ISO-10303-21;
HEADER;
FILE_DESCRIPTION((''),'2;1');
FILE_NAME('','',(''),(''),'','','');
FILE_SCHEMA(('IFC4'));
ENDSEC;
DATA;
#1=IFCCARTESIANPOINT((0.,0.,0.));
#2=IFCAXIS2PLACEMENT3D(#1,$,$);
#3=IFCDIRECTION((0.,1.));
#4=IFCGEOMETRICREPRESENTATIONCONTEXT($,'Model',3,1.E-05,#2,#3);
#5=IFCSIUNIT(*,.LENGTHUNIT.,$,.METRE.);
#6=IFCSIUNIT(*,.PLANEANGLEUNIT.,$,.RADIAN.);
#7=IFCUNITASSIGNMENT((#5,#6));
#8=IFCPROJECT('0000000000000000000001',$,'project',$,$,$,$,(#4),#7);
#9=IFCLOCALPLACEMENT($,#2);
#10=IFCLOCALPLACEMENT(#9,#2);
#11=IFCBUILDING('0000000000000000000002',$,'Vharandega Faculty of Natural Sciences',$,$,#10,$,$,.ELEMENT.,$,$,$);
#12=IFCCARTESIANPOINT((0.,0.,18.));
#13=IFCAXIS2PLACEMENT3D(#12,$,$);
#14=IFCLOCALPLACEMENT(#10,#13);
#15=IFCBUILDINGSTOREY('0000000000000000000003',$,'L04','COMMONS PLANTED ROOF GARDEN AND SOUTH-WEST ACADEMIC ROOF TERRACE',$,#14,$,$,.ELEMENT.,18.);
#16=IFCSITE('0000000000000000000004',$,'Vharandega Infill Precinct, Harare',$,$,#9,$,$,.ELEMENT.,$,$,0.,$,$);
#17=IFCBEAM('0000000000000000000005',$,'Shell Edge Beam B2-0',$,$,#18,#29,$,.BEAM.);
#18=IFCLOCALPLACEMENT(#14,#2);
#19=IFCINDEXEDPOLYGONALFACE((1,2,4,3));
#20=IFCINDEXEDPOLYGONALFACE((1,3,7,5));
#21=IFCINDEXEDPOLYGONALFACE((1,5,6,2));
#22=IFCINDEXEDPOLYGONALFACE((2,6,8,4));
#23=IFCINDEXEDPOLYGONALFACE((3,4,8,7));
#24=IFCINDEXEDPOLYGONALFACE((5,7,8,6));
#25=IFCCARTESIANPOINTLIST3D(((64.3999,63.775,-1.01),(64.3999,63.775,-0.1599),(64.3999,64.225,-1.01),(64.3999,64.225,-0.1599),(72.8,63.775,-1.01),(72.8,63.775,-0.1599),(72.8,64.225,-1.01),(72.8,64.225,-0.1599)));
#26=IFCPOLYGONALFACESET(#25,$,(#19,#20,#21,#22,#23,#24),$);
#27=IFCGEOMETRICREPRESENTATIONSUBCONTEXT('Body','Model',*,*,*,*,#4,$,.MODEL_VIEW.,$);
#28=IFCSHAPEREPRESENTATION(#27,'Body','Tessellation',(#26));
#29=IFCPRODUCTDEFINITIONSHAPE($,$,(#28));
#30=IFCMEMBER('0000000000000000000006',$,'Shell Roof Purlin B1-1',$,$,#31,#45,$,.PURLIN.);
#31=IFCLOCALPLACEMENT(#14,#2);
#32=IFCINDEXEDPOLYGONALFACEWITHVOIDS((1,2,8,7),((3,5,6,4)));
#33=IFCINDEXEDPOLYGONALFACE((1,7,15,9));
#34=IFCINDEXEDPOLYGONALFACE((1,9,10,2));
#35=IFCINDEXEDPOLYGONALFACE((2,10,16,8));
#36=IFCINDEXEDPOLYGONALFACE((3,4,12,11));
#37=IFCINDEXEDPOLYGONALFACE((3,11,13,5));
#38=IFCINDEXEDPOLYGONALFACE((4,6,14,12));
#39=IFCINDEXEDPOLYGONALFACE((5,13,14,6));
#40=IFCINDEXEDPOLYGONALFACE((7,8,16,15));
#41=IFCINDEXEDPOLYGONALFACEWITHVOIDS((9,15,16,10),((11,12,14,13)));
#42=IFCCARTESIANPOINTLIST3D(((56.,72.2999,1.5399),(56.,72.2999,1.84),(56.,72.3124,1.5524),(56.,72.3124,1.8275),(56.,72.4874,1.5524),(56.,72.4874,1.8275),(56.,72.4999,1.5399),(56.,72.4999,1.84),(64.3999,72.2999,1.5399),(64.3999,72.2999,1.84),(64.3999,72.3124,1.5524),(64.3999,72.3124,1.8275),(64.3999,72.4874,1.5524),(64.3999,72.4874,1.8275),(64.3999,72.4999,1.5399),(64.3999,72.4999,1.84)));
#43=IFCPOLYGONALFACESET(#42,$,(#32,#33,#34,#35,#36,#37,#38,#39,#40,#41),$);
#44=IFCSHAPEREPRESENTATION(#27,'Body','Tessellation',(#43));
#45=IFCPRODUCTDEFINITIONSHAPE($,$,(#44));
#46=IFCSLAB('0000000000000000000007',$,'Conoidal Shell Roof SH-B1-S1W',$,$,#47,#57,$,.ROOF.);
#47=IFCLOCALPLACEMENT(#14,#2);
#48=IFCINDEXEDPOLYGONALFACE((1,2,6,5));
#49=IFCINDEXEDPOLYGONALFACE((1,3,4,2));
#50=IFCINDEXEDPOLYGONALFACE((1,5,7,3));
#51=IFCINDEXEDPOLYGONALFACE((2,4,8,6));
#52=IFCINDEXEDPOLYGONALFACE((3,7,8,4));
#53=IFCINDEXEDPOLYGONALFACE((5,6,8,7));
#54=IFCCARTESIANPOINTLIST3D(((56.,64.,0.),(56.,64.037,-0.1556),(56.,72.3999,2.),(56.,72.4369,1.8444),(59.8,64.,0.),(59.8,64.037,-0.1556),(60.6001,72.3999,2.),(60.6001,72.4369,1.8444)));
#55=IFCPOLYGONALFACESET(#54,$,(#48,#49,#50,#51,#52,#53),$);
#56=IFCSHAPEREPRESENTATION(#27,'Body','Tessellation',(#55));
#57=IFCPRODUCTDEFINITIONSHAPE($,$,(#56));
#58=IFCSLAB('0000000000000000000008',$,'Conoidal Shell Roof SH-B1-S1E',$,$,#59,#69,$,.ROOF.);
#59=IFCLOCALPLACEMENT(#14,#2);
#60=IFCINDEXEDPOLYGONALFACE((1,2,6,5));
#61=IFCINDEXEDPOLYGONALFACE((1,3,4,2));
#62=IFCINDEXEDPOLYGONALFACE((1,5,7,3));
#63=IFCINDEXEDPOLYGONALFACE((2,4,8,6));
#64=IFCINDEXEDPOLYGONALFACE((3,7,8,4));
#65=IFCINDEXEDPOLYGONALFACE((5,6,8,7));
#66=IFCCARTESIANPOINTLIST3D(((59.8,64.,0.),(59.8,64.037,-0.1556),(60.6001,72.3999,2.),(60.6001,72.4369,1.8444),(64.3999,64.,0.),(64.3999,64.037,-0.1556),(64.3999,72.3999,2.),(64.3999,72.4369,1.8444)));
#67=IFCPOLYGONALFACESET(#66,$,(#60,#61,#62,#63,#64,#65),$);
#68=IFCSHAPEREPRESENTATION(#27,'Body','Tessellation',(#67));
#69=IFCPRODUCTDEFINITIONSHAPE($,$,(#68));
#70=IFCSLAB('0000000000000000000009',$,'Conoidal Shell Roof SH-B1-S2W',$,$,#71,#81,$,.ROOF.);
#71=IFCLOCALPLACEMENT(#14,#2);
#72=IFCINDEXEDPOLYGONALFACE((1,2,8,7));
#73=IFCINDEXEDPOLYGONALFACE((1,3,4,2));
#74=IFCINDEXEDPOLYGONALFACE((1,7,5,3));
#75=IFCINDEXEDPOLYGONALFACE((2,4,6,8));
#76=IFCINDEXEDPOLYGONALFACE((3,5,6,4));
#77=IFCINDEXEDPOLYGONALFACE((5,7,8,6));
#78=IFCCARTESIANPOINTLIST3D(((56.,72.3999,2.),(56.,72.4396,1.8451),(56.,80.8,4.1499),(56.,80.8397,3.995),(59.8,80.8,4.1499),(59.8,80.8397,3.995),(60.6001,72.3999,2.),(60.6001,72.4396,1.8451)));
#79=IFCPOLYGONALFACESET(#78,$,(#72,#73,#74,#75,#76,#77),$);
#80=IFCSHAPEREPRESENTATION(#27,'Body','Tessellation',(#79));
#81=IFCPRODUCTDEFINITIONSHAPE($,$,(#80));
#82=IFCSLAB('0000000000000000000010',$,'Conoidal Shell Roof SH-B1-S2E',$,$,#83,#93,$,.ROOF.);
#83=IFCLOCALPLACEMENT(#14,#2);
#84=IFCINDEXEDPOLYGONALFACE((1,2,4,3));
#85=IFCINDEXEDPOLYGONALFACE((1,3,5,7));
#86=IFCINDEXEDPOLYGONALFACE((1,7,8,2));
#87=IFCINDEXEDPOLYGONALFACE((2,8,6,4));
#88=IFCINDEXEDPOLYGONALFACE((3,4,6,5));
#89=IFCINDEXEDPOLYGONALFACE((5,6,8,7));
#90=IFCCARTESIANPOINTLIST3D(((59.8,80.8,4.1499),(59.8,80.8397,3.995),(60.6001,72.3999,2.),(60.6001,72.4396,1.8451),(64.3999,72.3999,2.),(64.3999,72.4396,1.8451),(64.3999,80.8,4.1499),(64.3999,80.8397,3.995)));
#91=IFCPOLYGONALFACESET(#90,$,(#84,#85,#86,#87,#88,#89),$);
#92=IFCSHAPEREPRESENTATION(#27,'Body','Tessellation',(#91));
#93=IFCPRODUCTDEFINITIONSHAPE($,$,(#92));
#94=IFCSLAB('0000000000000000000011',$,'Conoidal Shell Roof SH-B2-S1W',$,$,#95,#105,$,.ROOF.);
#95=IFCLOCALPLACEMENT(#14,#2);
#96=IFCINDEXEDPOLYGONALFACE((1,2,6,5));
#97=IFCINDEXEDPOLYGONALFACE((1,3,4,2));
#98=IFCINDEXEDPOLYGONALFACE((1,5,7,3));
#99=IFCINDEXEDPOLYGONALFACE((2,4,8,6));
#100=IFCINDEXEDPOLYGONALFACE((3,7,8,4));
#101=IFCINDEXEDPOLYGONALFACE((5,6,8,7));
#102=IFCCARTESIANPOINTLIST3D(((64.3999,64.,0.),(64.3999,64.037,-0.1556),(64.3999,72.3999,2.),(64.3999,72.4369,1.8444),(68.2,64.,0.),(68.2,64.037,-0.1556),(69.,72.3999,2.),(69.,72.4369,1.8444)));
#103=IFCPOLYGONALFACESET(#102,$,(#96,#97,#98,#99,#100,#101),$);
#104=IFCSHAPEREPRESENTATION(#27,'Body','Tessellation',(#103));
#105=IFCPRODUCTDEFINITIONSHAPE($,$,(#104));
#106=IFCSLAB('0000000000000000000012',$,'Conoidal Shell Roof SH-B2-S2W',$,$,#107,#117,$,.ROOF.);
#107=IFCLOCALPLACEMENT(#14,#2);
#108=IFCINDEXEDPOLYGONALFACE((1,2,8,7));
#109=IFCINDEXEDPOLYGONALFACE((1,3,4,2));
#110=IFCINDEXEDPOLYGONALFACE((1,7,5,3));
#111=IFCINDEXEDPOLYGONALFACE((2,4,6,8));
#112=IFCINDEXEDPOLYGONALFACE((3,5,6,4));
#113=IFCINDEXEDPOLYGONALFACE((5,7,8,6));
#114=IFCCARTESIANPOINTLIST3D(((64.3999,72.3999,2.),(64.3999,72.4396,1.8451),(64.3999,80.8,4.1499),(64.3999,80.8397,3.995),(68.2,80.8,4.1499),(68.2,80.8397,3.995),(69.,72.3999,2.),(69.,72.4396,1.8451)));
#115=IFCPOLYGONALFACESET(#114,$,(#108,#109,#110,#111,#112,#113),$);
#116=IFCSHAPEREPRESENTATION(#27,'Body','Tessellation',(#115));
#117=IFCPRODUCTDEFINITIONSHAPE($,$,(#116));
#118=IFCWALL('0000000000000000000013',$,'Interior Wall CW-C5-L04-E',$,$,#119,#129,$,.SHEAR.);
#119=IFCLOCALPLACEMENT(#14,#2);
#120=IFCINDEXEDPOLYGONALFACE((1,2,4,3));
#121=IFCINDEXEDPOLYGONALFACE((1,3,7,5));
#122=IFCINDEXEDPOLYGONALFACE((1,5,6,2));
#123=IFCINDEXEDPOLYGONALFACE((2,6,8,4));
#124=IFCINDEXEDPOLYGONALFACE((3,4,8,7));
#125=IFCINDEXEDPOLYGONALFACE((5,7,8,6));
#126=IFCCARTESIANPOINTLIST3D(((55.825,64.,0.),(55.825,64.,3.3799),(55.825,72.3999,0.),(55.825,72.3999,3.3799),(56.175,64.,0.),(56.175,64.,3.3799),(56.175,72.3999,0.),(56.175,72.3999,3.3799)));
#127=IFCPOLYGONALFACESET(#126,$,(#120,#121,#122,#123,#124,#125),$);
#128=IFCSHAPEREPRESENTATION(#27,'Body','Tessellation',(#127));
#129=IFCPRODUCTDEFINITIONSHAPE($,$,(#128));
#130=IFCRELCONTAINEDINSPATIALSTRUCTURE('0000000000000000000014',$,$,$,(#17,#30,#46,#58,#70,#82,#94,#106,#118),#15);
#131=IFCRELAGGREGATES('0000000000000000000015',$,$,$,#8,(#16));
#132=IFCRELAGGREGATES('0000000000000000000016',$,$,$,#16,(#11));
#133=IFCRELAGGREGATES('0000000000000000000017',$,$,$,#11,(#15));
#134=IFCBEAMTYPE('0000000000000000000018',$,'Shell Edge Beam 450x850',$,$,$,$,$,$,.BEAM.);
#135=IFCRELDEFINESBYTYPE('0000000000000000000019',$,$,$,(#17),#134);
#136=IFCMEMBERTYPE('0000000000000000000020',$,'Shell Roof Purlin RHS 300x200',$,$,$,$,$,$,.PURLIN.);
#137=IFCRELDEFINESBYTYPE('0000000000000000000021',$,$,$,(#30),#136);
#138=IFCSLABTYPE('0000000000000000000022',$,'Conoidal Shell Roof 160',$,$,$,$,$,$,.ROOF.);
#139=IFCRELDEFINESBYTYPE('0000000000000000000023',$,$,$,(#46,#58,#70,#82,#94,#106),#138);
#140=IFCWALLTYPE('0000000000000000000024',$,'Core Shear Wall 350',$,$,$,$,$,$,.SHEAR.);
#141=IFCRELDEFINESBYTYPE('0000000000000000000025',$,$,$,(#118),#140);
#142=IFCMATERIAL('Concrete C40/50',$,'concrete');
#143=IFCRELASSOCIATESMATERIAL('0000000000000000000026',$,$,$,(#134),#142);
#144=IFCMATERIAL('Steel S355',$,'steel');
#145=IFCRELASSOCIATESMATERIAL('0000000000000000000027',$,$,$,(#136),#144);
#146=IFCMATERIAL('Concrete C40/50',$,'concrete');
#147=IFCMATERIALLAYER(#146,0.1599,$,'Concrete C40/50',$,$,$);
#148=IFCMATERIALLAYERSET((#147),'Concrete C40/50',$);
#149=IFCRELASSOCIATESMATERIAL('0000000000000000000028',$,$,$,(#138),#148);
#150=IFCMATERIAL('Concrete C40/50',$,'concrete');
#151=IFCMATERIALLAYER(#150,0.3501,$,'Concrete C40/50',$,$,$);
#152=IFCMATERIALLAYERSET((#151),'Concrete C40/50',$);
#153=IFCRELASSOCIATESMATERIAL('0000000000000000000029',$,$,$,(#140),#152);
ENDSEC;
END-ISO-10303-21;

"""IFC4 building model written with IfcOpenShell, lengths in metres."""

from ifc_helpers import new_model, si_unit, direction, frame, frame_2d, origin, origin_2d, place, context, subcontext, project, spatial, polyline, rectangle, hollow_rectangle, outline, extrude, material, layer, layer_set, material_profile, profile_set, type_object, element, save


model = new_model("IFC4")

# Units and contexts
model_context = context("Model", 3, precision=1e-05, world=origin(), true_north=direction((0.0, 1.0)))
body_context = subcontext(model_context, "Body", "Model", "MODEL_VIEW")
ifc_project = project(units=[si_unit("LENGTHUNIT", "METRE"), si_unit("PLANEANGLEUNIT", "RADIAN")], contexts=[model_context])

# Site, building, storey
site_placement = place(None, origin())
site = spatial("IfcSite", under=ifc_project, at=site_placement, Name="Vharandega Infill Precinct, Harare", CompositionType="ELEMENT", RefElevation=0.0)
building_placement = place(site_placement, origin())
building = spatial("IfcBuilding", under=site, at=building_placement, Name="Vharandega Faculty of Natural Sciences", CompositionType="ELEMENT")
storey_placement = place(building_placement, frame((0.0, 0.0, 18.0)))
storey = spatial("IfcBuildingStorey", under=building, at=storey_placement, Name="L04", Description="COMMONS PLANTED ROOF GARDEN AND SOUTH-WEST ACADEMIC ROOF TERRACE", CompositionType="ELEMENT", Elevation=18.0)

# Beam
ifc_material_1 = material(Name="Concrete C40/50", Category="concrete")
ifc_material_profile_1 = material_profile(ifc_material_1, rectangle(XDim=0.45, YDim=0.8501, at=origin_2d()), Name="RC 450x850")
ifc_profile_set_1 = profile_set([ifc_material_profile_1], Name="Concrete C40/50")
beam_type_1 = type_object("IfcBeamType", Name="Shell Edge Beam 450x850", PredefinedType="BEAM", material=ifc_profile_set_1)
beam_1_placement = place(storey_placement, frame((64.3999, 64.0, -0.585), z_axis=(1.0, 0.0, 0.0), x_axis=(0.0, 1.0, 0.0)))
element("IfcBeam", 1, at=beam_1_placement, inside=storey, type_object=beam_type_1, Name="Shell Edge Beam B2-0", PredefinedType="BEAM", context=body_context, shape_type="SweptSolid", body=[
    extrude(rectangle(XDim=0.45, YDim=0.8501, at=origin_2d()), origin(), (0.0, 0.0, 1.0), 8.4001),
])

# Member
ifc_material_2 = material(Name="Steel S355", Category="steel")
ifc_material_profile_2 = material_profile(ifc_material_2, hollow_rectangle(XDim=0.2, YDim=0.3, WallThickness=0.0125, at=origin_2d()), Name="RHS 300x200x12.5")
ifc_profile_set_2 = profile_set([ifc_material_profile_2], Name="Steel S355")
member_type = type_object("IfcMemberType", Name="Shell Roof Purlin RHS 300x200", PredefinedType="PURLIN", material=ifc_profile_set_2)
member_placement = place(storey_placement, frame((56.0, 72.3999, 1.6899), z_axis=(1.0, 0.0, 0.0), x_axis=(0.0, 1.0, 0.0)))
element("IfcMember", 2, at=member_placement, inside=storey, type_object=member_type, Name="Shell Roof Purlin B1-1", PredefinedType="PURLIN", context=body_context, shape_type="SweptSolid", body=[
    extrude(hollow_rectangle(XDim=0.2, YDim=0.3, WallThickness=0.0125, at=origin_2d()), origin(), (0.0, 0.0, 1.0), 8.3999),
])

# Slabs
ifc_material_3 = material(Name="Concrete C40/50", Category="concrete")
ifc_layer_1 = layer(ifc_material_3, 0.1599, Name="Concrete C40/50")
ifc_layer_set_1 = layer_set([ifc_layer_1], Name="Concrete C40/50")
slab_type = type_object("IfcSlabType", Name="Conoidal Shell Roof 160", PredefinedType="ROOF", material=ifc_layer_set_1)
slab_1_placement = place(storey_placement, frame((56.0, 64.0, 0.0), z_axis=(0.0, -0.231623, 0.972806), x_axis=(1.0, 0.0, 0.0)))
element("IfcSlab", 3, at=slab_1_placement, inside=storey, type_object=slab_type, Name="Conoidal Shell Roof SH-B1-S1W", PredefinedType="ROOF", context=body_context, shape_type="SweptSolid", body=[
    extrude(outline(polyline([(0.0, 0.0), (3.8, 0.0), (4.6001, 8.6347), (0.0, 8.6347), (0.0, 0.0)])), origin(), (0.0, 0.0, -1.0), 0.1599),
])
slab_2_placement = place(storey_placement, frame((59.8, 64.0, 0.0), z_axis=(0.0, -0.231623, 0.972806), x_axis=(1.0, 0.0, 0.0)))
element("IfcSlab", 4, at=slab_2_placement, inside=storey, type_object=slab_type, Name="Conoidal Shell Roof SH-B1-S1E", PredefinedType="ROOF", context=body_context, shape_type="SweptSolid", body=[
    extrude(outline(polyline([(0.0, 0.0), (4.5999, 0.0), (4.5999, 8.6347), (0.8, 8.6347), (0.0, 0.0)])), origin(), (0.0, 0.0, -1.0), 0.1599),
])
slab_3_placement = place(storey_placement, frame((56.0, 72.3999, 2.0), z_axis=(0.0, -0.247944, 0.968774), x_axis=(1.0, 0.0, 0.0)))
element("IfcSlab", 5, at=slab_3_placement, inside=storey, type_object=slab_type, Name="Conoidal Shell Roof SH-B1-S2W", PredefinedType="ROOF", context=body_context, shape_type="SweptSolid", body=[
    extrude(outline(polyline([(0.0, 0.0), (4.6001, 0.0), (3.8, 8.6709), (0.0, 8.6709), (0.0, 0.0)])), origin(), (0.0, 0.0, -1.0), 0.1599),
])
slab_4_placement = place(storey_placement, frame((60.6001, 72.3999, 2.0), z_axis=(0.0, -0.247944, 0.968774), x_axis=(1.0, 0.0, 0.0)))
element("IfcSlab", 6, at=slab_4_placement, inside=storey, type_object=slab_type, Name="Conoidal Shell Roof SH-B1-S2E", PredefinedType="ROOF", context=body_context, shape_type="SweptSolid", body=[
    extrude(outline(polyline([(0.0, 0.0), (3.7998, 0.0), (3.7998, 8.6709), (-0.8, 8.6709), (0.0, 0.0)])), origin(), (0.0, 0.0, -1.0), 0.1599),
])
slab_5_placement = place(storey_placement, frame((64.3999, 64.0, 0.0), z_axis=(0.0, -0.231623, 0.972806), x_axis=(1.0, 0.0, 0.0)))
element("IfcSlab", 7, at=slab_5_placement, inside=storey, type_object=slab_type, Name="Conoidal Shell Roof SH-B2-S1W", PredefinedType="ROOF", context=body_context, shape_type="SweptSolid", body=[
    extrude(outline(polyline([(0.0, 0.0), (3.8, 0.0), (4.6001, 8.6347), (0.0, 8.6347), (0.0, 0.0)])), origin(), (0.0, 0.0, -1.0), 0.1599),
])
slab_6_placement = place(storey_placement, frame((64.3999, 72.3999, 2.0), z_axis=(0.0, -0.247944, 0.968774), x_axis=(1.0, 0.0, 0.0)))
element("IfcSlab", 8, at=slab_6_placement, inside=storey, type_object=slab_type, Name="Conoidal Shell Roof SH-B2-S2W", PredefinedType="ROOF", context=body_context, shape_type="SweptSolid", body=[
    extrude(outline(polyline([(0.0, 0.0), (4.6001, 0.0), (3.8, 8.6709), (0.0, 8.6709), (0.0, 0.0)])), origin(), (0.0, 0.0, -1.0), 0.1599),
])

# Wall
ifc_material_4 = material(Name="Concrete C40/50", Category="concrete")
ifc_layer_2 = layer(ifc_material_4, 0.3501, Name="Concrete C40/50")
ifc_layer_set_2 = layer_set([ifc_layer_2], Name="Concrete C40/50")
wall_type = type_object("IfcWallType", Name="Core Shear Wall 350", PredefinedType="SHEAR", material=ifc_layer_set_2)
wall_placement = place(storey_placement, frame((56.0, 64.0, 0.0), z_axis=(0.0, 0.0, 1.0), x_axis=(0.0, 1.0, 0.0)))
element("IfcWall", 9, at=wall_placement, inside=storey, type_object=wall_type, Name="Interior Wall CW-C5-L04-E", PredefinedType="SHEAR", context=body_context, shape_type="SweptSolid", body=[
    extrude(rectangle(XDim=8.3999, YDim=0.3501, at=frame_2d((4.2, 0.0))), origin(), (0.0, 0.0, 1.0), 3.3799),
])

save(model, "model.ifc")
